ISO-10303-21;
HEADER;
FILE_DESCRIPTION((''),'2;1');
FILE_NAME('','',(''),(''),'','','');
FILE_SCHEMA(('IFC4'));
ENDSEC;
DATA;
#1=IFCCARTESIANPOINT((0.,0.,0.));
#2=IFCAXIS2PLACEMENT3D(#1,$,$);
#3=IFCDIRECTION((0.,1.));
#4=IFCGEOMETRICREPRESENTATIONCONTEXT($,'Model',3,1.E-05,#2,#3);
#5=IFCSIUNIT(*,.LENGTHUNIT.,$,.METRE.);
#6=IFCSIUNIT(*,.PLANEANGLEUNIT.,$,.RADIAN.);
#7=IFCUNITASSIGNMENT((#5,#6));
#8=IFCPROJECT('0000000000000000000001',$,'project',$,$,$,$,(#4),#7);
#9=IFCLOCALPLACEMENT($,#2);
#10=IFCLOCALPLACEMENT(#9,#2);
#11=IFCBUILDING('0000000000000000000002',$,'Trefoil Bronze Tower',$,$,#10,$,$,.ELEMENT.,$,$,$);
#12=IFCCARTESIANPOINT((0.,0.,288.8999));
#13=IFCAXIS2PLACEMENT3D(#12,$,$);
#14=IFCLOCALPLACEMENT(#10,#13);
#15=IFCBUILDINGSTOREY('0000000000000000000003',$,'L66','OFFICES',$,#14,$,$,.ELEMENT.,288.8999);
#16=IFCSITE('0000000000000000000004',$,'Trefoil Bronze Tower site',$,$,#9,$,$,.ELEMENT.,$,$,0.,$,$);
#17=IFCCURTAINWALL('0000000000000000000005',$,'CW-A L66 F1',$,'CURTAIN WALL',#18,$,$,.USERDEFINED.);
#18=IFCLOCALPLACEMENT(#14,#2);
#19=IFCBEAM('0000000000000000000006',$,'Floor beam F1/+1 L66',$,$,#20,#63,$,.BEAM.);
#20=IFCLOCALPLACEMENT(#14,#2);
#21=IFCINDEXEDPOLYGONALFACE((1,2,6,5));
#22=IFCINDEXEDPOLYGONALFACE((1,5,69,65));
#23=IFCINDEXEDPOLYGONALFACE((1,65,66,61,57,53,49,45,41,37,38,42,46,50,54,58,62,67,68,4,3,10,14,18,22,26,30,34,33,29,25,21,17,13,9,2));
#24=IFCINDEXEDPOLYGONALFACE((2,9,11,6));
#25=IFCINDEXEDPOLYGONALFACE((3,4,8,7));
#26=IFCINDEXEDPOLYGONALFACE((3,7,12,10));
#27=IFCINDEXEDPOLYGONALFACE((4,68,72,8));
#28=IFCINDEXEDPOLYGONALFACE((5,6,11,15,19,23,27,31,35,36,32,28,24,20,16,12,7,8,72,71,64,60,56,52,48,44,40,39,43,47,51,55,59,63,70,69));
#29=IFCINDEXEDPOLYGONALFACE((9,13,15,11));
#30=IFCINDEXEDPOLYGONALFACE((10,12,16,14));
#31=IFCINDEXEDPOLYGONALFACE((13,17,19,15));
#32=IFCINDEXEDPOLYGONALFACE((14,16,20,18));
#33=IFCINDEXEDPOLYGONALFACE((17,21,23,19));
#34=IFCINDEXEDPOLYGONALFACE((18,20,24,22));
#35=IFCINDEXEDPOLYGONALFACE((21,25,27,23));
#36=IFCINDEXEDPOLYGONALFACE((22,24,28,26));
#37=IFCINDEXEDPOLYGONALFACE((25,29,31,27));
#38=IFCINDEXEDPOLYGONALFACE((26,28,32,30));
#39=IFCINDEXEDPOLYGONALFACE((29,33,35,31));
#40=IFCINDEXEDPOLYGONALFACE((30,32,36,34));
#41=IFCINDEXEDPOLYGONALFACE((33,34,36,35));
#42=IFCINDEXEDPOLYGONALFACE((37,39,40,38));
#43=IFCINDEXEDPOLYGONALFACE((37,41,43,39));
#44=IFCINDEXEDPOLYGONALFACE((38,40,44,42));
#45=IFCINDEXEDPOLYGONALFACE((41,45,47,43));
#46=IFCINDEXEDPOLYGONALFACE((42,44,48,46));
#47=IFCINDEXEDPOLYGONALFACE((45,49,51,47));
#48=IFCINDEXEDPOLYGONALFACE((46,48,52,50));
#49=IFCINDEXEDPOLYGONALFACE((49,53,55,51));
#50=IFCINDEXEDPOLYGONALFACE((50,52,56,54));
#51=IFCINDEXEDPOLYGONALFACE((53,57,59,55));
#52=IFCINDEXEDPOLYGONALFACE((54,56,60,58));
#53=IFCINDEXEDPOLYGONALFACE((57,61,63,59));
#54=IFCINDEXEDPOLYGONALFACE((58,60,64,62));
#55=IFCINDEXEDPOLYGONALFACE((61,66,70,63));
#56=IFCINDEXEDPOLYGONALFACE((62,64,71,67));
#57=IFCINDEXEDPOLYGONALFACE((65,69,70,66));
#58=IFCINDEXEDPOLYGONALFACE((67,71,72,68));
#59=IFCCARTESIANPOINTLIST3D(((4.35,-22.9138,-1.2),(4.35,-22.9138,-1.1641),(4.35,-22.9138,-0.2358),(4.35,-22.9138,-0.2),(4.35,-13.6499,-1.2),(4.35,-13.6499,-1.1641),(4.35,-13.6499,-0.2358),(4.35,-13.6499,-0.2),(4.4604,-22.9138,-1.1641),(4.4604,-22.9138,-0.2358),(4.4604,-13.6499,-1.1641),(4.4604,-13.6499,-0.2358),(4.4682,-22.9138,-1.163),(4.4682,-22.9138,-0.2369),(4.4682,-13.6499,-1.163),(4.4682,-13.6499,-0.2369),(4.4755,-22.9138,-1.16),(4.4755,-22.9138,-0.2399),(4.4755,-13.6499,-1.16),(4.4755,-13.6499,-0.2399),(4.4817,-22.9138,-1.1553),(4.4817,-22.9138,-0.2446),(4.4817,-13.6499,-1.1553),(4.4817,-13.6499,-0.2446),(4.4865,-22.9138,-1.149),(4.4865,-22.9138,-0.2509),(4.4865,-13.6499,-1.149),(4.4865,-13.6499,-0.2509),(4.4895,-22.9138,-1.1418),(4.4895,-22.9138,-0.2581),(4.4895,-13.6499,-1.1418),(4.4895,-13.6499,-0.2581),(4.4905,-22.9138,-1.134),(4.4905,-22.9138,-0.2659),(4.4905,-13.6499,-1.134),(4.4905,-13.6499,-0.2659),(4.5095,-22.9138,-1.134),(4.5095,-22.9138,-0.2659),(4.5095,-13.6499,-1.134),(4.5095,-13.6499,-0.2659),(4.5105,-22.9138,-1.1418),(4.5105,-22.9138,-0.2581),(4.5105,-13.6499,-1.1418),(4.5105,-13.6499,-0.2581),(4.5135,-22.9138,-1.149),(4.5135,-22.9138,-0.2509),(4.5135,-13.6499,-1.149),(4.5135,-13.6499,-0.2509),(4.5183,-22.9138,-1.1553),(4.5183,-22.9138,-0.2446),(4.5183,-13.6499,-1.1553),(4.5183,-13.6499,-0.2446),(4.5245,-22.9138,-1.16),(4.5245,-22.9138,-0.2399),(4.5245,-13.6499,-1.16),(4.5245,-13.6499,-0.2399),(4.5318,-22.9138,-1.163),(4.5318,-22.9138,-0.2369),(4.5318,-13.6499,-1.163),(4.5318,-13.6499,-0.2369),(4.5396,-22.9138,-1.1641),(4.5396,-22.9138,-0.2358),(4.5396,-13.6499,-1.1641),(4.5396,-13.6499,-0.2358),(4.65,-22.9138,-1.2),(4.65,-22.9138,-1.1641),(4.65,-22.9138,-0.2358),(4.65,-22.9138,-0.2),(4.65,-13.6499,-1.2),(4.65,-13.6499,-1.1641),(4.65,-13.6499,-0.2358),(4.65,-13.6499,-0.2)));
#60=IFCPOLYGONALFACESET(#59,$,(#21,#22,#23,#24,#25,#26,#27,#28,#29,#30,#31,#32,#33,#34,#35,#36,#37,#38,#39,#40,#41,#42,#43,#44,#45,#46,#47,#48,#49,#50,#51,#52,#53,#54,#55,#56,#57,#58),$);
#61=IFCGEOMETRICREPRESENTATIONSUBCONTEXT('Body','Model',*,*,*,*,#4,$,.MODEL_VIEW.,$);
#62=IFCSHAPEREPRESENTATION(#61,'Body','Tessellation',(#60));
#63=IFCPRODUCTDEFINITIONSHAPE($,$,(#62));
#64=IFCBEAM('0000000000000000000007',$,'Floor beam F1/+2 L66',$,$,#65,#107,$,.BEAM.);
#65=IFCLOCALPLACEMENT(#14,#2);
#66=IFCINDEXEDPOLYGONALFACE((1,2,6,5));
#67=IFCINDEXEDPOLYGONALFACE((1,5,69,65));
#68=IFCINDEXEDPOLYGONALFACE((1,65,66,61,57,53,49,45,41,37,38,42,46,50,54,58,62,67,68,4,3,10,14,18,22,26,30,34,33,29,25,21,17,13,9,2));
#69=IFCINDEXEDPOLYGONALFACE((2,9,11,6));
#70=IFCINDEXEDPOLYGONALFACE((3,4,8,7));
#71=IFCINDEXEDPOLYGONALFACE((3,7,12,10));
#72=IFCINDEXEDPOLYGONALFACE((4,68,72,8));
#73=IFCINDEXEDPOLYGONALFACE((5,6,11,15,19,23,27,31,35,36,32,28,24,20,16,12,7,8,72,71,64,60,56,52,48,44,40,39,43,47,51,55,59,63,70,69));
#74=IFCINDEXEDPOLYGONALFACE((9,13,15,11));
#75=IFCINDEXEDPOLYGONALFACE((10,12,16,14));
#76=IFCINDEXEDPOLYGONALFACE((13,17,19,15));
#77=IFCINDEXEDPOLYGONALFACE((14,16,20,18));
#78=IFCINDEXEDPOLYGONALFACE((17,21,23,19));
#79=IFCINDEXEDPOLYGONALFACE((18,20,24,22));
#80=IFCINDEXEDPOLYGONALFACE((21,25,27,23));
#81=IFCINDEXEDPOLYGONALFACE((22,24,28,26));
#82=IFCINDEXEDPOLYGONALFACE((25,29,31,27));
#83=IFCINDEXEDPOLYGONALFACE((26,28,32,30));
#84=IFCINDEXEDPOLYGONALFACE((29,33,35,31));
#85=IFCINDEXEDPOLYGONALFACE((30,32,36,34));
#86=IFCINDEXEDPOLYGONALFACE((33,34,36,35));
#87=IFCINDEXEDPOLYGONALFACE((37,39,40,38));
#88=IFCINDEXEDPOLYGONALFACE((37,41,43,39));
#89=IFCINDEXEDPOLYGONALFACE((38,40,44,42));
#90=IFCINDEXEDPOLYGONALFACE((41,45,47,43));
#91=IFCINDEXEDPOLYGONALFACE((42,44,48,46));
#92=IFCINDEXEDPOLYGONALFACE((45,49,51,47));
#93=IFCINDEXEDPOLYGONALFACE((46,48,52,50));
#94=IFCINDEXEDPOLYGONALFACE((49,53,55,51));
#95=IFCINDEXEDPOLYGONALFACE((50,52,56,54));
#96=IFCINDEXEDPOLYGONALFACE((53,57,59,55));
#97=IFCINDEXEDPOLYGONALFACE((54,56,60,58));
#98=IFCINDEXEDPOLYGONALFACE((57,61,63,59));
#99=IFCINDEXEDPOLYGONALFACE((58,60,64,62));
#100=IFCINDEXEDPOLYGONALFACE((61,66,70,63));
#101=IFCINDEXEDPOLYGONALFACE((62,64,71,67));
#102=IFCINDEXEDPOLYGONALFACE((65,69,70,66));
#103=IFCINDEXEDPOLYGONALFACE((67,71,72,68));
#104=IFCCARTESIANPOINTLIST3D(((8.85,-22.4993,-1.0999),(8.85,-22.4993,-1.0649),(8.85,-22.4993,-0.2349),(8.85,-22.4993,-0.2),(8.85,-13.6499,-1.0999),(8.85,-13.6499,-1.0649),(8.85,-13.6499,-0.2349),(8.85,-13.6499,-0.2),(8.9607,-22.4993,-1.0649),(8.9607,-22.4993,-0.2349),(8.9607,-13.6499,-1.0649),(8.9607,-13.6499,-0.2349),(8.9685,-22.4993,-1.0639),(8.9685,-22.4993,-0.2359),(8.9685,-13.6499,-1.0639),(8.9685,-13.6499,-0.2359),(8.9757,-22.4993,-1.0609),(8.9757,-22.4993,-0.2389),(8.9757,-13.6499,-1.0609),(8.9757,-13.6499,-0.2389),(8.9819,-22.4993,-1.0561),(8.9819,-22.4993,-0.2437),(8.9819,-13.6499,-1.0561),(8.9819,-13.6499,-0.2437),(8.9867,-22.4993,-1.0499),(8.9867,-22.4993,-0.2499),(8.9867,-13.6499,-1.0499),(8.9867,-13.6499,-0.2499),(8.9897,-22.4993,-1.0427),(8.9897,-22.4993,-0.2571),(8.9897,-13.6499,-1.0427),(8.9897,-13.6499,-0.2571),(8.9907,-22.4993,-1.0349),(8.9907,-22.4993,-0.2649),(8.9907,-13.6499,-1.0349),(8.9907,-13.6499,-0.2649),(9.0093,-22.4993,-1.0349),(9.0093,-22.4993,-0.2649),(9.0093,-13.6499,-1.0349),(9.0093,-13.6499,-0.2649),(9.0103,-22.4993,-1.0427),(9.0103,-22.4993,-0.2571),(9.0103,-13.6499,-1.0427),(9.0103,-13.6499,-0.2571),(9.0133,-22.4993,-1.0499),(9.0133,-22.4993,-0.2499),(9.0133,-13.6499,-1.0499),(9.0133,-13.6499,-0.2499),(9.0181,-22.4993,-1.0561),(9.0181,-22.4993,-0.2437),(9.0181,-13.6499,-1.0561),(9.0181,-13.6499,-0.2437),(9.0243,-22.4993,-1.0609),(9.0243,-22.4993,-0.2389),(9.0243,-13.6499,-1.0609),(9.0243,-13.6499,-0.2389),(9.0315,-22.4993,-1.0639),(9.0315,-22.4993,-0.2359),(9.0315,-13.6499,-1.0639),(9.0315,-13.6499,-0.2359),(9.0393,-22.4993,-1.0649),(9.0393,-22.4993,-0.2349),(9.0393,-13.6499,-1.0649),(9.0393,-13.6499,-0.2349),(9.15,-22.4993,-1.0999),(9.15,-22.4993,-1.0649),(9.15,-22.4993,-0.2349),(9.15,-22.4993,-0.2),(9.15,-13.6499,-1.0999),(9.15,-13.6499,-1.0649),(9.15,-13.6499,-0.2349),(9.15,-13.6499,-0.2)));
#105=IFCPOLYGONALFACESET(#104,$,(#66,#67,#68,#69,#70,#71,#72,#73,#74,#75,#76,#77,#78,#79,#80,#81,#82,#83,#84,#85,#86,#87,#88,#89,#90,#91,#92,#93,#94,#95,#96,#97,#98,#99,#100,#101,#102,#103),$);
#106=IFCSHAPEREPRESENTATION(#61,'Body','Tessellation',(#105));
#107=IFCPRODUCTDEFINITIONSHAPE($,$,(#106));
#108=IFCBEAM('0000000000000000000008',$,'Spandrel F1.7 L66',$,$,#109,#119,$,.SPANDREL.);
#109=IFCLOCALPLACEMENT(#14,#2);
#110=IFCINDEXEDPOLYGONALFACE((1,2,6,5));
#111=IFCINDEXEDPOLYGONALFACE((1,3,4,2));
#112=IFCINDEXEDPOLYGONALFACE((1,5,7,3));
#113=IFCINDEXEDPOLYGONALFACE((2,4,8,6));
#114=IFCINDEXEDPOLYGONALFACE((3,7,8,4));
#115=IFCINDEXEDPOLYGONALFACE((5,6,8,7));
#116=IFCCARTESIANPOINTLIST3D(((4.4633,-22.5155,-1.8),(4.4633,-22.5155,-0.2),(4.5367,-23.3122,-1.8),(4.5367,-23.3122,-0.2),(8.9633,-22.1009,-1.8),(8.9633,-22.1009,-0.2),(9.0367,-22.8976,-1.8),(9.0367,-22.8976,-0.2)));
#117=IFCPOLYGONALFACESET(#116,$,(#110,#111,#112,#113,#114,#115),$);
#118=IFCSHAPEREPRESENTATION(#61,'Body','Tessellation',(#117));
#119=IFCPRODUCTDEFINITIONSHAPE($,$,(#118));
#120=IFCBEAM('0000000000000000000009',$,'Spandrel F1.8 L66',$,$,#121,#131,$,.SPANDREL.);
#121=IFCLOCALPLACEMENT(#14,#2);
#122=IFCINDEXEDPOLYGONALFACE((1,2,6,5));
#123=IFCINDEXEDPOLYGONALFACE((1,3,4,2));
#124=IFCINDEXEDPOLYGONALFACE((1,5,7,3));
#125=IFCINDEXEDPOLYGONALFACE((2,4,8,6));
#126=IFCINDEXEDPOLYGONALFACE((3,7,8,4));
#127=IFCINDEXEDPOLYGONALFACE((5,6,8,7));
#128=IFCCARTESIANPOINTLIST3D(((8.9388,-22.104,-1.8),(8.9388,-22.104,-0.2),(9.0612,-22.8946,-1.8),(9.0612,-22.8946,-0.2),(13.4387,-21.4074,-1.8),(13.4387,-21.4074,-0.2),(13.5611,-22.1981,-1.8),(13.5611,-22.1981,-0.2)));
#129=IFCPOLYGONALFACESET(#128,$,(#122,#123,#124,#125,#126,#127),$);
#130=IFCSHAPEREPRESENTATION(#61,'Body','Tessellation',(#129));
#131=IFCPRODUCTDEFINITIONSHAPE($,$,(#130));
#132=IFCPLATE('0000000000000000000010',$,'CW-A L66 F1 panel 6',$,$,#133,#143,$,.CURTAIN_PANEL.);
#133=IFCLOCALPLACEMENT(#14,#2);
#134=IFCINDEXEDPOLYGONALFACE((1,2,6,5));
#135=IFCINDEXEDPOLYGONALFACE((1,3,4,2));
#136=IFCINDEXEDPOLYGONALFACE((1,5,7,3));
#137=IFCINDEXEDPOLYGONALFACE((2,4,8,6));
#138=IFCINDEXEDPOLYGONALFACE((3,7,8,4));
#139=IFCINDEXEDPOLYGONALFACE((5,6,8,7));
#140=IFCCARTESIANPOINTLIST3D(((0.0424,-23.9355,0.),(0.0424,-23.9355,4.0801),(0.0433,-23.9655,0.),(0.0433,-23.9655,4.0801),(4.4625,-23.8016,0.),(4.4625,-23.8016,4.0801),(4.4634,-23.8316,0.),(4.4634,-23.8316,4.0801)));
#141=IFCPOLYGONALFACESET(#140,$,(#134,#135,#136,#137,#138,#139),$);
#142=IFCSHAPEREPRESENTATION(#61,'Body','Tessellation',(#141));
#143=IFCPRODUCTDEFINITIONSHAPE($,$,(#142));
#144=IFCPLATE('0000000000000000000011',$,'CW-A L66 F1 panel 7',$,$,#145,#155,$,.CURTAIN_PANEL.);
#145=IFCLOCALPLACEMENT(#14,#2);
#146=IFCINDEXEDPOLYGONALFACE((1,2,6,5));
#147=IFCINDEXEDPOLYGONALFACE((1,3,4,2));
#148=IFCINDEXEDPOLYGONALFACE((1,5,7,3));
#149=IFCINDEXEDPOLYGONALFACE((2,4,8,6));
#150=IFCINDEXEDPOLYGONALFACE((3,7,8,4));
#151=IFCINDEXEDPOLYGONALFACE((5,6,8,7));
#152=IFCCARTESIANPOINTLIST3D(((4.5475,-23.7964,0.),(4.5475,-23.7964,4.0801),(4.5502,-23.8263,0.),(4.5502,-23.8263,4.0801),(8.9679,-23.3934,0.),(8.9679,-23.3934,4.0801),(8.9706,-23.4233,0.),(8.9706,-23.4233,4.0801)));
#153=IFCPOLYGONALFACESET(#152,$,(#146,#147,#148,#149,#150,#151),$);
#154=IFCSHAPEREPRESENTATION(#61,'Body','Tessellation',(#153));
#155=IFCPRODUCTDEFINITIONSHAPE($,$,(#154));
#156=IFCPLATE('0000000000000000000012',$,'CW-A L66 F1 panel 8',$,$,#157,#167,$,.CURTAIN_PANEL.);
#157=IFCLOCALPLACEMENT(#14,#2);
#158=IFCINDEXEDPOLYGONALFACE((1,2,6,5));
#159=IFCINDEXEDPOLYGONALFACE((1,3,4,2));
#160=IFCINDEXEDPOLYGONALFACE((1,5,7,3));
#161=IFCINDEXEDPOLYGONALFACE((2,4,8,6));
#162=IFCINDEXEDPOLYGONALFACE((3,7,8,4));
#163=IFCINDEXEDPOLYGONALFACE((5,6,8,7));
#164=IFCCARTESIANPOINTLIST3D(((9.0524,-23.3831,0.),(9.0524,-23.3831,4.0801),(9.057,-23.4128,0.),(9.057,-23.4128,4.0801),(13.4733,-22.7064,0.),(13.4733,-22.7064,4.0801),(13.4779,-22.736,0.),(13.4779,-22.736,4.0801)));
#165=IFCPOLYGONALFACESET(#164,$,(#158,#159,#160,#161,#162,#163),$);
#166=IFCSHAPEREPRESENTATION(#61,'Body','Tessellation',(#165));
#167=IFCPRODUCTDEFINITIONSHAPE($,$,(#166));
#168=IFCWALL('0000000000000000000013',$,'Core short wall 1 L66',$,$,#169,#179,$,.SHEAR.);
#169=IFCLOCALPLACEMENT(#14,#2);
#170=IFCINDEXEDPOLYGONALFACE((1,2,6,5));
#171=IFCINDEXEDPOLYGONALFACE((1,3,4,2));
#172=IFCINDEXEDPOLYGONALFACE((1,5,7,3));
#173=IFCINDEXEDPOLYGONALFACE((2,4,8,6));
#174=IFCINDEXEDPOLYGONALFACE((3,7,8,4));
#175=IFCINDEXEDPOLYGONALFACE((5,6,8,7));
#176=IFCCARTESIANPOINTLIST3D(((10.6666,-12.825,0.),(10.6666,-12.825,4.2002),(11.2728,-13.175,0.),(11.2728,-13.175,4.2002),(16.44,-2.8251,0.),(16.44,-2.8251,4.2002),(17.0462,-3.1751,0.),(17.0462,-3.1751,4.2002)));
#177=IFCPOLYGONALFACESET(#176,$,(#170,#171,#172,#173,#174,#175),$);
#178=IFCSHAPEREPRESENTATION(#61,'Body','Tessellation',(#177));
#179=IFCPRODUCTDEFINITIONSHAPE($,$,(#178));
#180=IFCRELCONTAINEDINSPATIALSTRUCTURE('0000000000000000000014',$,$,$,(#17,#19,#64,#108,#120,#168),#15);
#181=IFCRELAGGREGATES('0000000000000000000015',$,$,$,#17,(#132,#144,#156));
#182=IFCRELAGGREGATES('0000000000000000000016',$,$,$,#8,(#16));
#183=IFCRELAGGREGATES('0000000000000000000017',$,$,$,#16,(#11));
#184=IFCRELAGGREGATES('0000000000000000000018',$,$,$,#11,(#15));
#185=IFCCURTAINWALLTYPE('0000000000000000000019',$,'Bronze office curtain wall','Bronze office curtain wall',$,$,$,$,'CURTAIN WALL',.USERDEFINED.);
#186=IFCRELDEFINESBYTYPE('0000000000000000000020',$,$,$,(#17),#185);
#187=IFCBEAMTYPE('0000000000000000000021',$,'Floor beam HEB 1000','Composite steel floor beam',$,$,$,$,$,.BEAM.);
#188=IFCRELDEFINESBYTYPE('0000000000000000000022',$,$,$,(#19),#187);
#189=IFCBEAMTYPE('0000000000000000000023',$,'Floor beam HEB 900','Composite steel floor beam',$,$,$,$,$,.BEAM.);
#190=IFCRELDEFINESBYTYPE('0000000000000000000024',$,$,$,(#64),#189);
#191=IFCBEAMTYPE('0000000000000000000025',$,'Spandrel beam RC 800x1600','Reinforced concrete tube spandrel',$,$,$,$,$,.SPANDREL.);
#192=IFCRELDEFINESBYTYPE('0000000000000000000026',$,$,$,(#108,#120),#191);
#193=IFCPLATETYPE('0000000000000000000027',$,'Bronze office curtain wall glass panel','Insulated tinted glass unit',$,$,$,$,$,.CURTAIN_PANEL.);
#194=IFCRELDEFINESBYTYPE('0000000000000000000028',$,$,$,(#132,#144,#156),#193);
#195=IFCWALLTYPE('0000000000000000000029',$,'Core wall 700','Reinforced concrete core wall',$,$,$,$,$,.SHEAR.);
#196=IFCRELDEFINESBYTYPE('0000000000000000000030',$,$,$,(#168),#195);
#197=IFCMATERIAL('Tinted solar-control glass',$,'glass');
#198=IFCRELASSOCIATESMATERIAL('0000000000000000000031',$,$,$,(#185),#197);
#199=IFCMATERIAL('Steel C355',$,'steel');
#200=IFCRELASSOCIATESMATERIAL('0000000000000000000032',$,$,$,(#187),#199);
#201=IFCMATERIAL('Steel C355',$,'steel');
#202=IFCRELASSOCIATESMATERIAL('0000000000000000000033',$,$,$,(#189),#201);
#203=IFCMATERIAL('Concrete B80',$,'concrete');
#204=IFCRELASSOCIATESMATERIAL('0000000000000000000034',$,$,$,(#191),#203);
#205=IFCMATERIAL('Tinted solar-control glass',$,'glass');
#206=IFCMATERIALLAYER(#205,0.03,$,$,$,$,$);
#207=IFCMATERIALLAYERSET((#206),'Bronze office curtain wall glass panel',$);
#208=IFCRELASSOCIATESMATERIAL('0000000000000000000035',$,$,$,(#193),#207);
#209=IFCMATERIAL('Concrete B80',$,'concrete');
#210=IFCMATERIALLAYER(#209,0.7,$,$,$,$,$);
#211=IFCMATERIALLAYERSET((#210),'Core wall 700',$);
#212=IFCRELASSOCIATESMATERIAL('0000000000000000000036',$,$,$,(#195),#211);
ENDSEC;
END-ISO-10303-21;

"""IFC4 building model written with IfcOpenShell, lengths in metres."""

from ifc_helpers import new_model, si_unit, direction, frame, frame_2d, origin, origin_2d, place, context, subcontext, project, spatial, rectangle, i_section, extrude, material, layer, layer_set, material_profile, profile_set, type_object, element, aggregate, save


model = new_model("IFC4")

# Units and contexts
model_context = context("Model", 3, precision=1e-05, world=origin(), true_north=direction((0.0, 1.0)))
body_context = subcontext(model_context, "Body", "Model", "MODEL_VIEW")
ifc_project = project(units=[si_unit("LENGTHUNIT", "METRE"), si_unit("PLANEANGLEUNIT", "RADIAN")], contexts=[model_context])

# Site, building, storey
site_placement = place(None, origin())
site = spatial("IfcSite", under=ifc_project, at=site_placement, Name="Trefoil Bronze Tower site", CompositionType="ELEMENT", RefElevation=0.0)
building_placement = place(site_placement, origin())
building = spatial("IfcBuilding", under=site, at=building_placement, Name="Trefoil Bronze Tower", CompositionType="ELEMENT")
storey_placement = place(building_placement, frame((0.0, 0.0, 288.8999)))
storey = spatial("IfcBuildingStorey", under=building, at=storey_placement, Name="L66", Description="OFFICES", CompositionType="ELEMENT", Elevation=288.8999)

# Curtain wall
ifc_material_1 = material(Name="Tinted solar-control glass", Category="glass")
curtain_wall_type = type_object("IfcCurtainWallType", Name="Bronze office curtain wall", Description="Bronze office curtain wall", ElementType="CURTAIN WALL", PredefinedType="USERDEFINED", material=ifc_material_1)
curtain_wall_placement = place(storey_placement, origin())
curtain_wall = element("IfcCurtainWall", 1, at=curtain_wall_placement, inside=storey, type_object=curtain_wall_type, Name="CW-A L66 F1", ObjectType="CURTAIN WALL", PredefinedType="USERDEFINED")

# Beams
ifc_material_2 = material(Name="Steel C355", Category="steel")
ifc_material_profile_1 = material_profile(ifc_material_2, i_section(OverallWidth=0.3, OverallDepth=1.0, WebThickness=0.019, FlangeThickness=0.0359, FilletRadius=0.03, at=origin_2d()), Name="HEB 1000")
ifc_profile_set_1 = profile_set([ifc_material_profile_1], Name="Steel C355")
beam_type_1 = type_object("IfcBeamType", Name="Floor beam HEB 1000", Description="Composite steel floor beam", PredefinedType="BEAM", material=ifc_profile_set_1)
beam_1_placement = place(storey_placement, frame((4.5, -22.9138, -0.7), z_axis=(0.0, 1.0, 0.0), x_axis=(-1.0, 0.0, 0.0)))
element("IfcBeam", 2, at=beam_1_placement, inside=storey, type_object=beam_type_1, Name="Floor beam F1/+1 L66", PredefinedType="BEAM", context=body_context, shape_type="SweptSolid", body=[
    extrude(i_section(OverallWidth=0.3, OverallDepth=1.0, WebThickness=0.019, FlangeThickness=0.0359, FilletRadius=0.03, at=origin_2d()), origin(), (0.0, 0.0, 1.0), 9.2639),
])
ifc_material_3 = material(Name="Steel C355", Category="steel")
ifc_material_profile_2 = material_profile(ifc_material_3, i_section(OverallWidth=0.3, OverallDepth=0.8999, WebThickness=0.0186, FlangeThickness=0.0349, FilletRadius=0.03, at=origin_2d()), Name="HEB 900")
ifc_profile_set_2 = profile_set([ifc_material_profile_2], Name="Steel C355")
beam_type_2 = type_object("IfcBeamType", Name="Floor beam HEB 900", Description="Composite steel floor beam", PredefinedType="BEAM", material=ifc_profile_set_2)
beam_2_placement = place(storey_placement, frame((9.0, -22.4993, -0.6499), z_axis=(0.0, 1.0, 0.0), x_axis=(-1.0, 0.0, 0.0)))
element("IfcBeam", 3, at=beam_2_placement, inside=storey, type_object=beam_type_2, Name="Floor beam F1/+2 L66", PredefinedType="BEAM", context=body_context, shape_type="SweptSolid", body=[
    extrude(i_section(OverallWidth=0.3, OverallDepth=0.8999, WebThickness=0.0186, FlangeThickness=0.0349, FilletRadius=0.03, at=origin_2d()), origin(), (0.0, 0.0, 1.0), 8.8494),
])
ifc_material_4 = material(Name="Concrete B80", Category="concrete")
ifc_material_profile_3 = material_profile(ifc_material_4, rectangle(XDim=0.8, YDim=1.6001, at=origin_2d()), Name="RC 800x1600")
ifc_profile_set_3 = profile_set([ifc_material_profile_3], Name="Concrete B80")
beam_type_3 = type_object("IfcBeamType", Name="Spandrel beam RC 800x1600", Description="Reinforced concrete tube spandrel", PredefinedType="SPANDREL", material=ifc_profile_set_3)
beam_3_placement = place(storey_placement, frame((4.5, -22.9138, -1.0), z_axis=(0.995784, 0.091734, 0.0), x_axis=(-0.091734, 0.995784, 0.0)))
element("IfcBeam", 4, at=beam_3_placement, inside=storey, type_object=beam_type_3, Name="Spandrel F1.7 L66", PredefinedType="SPANDREL", context=body_context, shape_type="SweptSolid", body=[
    extrude(rectangle(XDim=0.8, YDim=1.6001, at=origin_2d()), origin(), (0.0, 0.0, 1.0), 4.519),
])
beam_4_placement = place(storey_placement, frame((9.0, -22.4993, -1.0), z_axis=(0.988232, 0.152964, 0.0), x_axis=(-0.152964, 0.988232, 0.0)))
element("IfcBeam", 5, at=beam_4_placement, inside=storey, type_object=beam_type_3, Name="Spandrel F1.8 L66", PredefinedType="SPANDREL", context=body_context, shape_type="SweptSolid", body=[
    extrude(rectangle(XDim=0.8, YDim=1.6001, at=origin_2d()), origin(), (0.0, 0.0, 1.0), 4.5535),
])

# Plates
ifc_material_5 = material(Name="Tinted solar-control glass", Category="glass")
ifc_layer_1 = layer(ifc_material_5, 0.03)
ifc_layer_set_1 = layer_set([ifc_layer_1], Name="Bronze office curtain wall glass panel")
plate_type = type_object("IfcPlateType", Name="Bronze office curtain wall glass panel", Description="Insulated tinted glass unit", PredefinedType="CURTAIN_PANEL", material=ifc_layer_set_1)
plate_1_placement = place(storey_placement, frame((2.2529, -23.8835, 0.0), z_axis=(0.0, 0.0, 1.0), x_axis=(0.999542, 0.030263, 0.0)))
plate_1 = element("IfcPlate", 6, at=plate_1_placement, type_object=plate_type, Name="CW-A L66 F1 panel 6", PredefinedType="CURTAIN_PANEL", context=body_context, shape_type="SweptSolid", body=[
    extrude(rectangle(XDim=4.4221, YDim=0.03, at=origin_2d()), origin(), (0.0, 0.0, 1.0), 4.0801),
])
plate_2_placement = place(storey_placement, frame((6.759, -23.6099, 0.0), z_axis=(0.0, 0.0, 1.0), x_axis=(0.99587, 0.090789, 0.0)))
plate_2 = element("IfcPlate", 7, at=plate_2_placement, type_object=plate_type, Name="CW-A L66 F1 panel 7", PredefinedType="CURTAIN_PANEL", context=body_context, shape_type="SweptSolid", body=[
    extrude(rectangle(XDim=4.4387, YDim=0.03, at=origin_2d()), origin(), (0.0, 0.0, 1.0), 4.0801),
])
plate_3_placement = place(storey_placement, frame((11.2651, -23.0596, 0.0), z_axis=(0.0, 0.0, 1.0), x_axis=(0.988485, 0.151317, 0.0)))
plate_3 = element("IfcPlate", 8, at=plate_3_placement, type_object=plate_type, Name="CW-A L66 F1 panel 8", PredefinedType="CURTAIN_PANEL", context=body_context, shape_type="SweptSolid", body=[
    extrude(rectangle(XDim=4.4724, YDim=0.03, at=origin_2d()), origin(), (0.0, 0.0, 1.0), 4.0801),
])
aggregate(curtain_wall, [plate_1, plate_2, plate_3])

# Wall
ifc_material_6 = material(Name="Concrete B80", Category="concrete")
ifc_layer_2 = layer(ifc_material_6, 0.7)
ifc_layer_set_2 = layer_set([ifc_layer_2], Name="Core wall 700")
wall_type_1 = type_object("IfcWallType", Name="Core wall 700", Description="Reinforced concrete core wall", PredefinedType="SHEAR", material=ifc_layer_set_2)
wall_1_placement = place(storey_placement, frame((10.9697, -13.0, 0.0), z_axis=(0.0, 0.0, 1.0), x_axis=(0.499996, 0.866028, 0.0)))
element("IfcWall", 9, at=wall_1_placement, inside=storey, type_object=wall_type_1, Name="Core short wall 1 L66", PredefinedType="SHEAR", context=body_context, shape_type="SweptSolid", body=[
    extrude(rectangle(XDim=11.5469, YDim=0.7, at=frame_2d((5.7734, 0.0))), origin(), (0.0, 0.0, 1.0), 4.2002),
])

save(model, "model.ifc")
